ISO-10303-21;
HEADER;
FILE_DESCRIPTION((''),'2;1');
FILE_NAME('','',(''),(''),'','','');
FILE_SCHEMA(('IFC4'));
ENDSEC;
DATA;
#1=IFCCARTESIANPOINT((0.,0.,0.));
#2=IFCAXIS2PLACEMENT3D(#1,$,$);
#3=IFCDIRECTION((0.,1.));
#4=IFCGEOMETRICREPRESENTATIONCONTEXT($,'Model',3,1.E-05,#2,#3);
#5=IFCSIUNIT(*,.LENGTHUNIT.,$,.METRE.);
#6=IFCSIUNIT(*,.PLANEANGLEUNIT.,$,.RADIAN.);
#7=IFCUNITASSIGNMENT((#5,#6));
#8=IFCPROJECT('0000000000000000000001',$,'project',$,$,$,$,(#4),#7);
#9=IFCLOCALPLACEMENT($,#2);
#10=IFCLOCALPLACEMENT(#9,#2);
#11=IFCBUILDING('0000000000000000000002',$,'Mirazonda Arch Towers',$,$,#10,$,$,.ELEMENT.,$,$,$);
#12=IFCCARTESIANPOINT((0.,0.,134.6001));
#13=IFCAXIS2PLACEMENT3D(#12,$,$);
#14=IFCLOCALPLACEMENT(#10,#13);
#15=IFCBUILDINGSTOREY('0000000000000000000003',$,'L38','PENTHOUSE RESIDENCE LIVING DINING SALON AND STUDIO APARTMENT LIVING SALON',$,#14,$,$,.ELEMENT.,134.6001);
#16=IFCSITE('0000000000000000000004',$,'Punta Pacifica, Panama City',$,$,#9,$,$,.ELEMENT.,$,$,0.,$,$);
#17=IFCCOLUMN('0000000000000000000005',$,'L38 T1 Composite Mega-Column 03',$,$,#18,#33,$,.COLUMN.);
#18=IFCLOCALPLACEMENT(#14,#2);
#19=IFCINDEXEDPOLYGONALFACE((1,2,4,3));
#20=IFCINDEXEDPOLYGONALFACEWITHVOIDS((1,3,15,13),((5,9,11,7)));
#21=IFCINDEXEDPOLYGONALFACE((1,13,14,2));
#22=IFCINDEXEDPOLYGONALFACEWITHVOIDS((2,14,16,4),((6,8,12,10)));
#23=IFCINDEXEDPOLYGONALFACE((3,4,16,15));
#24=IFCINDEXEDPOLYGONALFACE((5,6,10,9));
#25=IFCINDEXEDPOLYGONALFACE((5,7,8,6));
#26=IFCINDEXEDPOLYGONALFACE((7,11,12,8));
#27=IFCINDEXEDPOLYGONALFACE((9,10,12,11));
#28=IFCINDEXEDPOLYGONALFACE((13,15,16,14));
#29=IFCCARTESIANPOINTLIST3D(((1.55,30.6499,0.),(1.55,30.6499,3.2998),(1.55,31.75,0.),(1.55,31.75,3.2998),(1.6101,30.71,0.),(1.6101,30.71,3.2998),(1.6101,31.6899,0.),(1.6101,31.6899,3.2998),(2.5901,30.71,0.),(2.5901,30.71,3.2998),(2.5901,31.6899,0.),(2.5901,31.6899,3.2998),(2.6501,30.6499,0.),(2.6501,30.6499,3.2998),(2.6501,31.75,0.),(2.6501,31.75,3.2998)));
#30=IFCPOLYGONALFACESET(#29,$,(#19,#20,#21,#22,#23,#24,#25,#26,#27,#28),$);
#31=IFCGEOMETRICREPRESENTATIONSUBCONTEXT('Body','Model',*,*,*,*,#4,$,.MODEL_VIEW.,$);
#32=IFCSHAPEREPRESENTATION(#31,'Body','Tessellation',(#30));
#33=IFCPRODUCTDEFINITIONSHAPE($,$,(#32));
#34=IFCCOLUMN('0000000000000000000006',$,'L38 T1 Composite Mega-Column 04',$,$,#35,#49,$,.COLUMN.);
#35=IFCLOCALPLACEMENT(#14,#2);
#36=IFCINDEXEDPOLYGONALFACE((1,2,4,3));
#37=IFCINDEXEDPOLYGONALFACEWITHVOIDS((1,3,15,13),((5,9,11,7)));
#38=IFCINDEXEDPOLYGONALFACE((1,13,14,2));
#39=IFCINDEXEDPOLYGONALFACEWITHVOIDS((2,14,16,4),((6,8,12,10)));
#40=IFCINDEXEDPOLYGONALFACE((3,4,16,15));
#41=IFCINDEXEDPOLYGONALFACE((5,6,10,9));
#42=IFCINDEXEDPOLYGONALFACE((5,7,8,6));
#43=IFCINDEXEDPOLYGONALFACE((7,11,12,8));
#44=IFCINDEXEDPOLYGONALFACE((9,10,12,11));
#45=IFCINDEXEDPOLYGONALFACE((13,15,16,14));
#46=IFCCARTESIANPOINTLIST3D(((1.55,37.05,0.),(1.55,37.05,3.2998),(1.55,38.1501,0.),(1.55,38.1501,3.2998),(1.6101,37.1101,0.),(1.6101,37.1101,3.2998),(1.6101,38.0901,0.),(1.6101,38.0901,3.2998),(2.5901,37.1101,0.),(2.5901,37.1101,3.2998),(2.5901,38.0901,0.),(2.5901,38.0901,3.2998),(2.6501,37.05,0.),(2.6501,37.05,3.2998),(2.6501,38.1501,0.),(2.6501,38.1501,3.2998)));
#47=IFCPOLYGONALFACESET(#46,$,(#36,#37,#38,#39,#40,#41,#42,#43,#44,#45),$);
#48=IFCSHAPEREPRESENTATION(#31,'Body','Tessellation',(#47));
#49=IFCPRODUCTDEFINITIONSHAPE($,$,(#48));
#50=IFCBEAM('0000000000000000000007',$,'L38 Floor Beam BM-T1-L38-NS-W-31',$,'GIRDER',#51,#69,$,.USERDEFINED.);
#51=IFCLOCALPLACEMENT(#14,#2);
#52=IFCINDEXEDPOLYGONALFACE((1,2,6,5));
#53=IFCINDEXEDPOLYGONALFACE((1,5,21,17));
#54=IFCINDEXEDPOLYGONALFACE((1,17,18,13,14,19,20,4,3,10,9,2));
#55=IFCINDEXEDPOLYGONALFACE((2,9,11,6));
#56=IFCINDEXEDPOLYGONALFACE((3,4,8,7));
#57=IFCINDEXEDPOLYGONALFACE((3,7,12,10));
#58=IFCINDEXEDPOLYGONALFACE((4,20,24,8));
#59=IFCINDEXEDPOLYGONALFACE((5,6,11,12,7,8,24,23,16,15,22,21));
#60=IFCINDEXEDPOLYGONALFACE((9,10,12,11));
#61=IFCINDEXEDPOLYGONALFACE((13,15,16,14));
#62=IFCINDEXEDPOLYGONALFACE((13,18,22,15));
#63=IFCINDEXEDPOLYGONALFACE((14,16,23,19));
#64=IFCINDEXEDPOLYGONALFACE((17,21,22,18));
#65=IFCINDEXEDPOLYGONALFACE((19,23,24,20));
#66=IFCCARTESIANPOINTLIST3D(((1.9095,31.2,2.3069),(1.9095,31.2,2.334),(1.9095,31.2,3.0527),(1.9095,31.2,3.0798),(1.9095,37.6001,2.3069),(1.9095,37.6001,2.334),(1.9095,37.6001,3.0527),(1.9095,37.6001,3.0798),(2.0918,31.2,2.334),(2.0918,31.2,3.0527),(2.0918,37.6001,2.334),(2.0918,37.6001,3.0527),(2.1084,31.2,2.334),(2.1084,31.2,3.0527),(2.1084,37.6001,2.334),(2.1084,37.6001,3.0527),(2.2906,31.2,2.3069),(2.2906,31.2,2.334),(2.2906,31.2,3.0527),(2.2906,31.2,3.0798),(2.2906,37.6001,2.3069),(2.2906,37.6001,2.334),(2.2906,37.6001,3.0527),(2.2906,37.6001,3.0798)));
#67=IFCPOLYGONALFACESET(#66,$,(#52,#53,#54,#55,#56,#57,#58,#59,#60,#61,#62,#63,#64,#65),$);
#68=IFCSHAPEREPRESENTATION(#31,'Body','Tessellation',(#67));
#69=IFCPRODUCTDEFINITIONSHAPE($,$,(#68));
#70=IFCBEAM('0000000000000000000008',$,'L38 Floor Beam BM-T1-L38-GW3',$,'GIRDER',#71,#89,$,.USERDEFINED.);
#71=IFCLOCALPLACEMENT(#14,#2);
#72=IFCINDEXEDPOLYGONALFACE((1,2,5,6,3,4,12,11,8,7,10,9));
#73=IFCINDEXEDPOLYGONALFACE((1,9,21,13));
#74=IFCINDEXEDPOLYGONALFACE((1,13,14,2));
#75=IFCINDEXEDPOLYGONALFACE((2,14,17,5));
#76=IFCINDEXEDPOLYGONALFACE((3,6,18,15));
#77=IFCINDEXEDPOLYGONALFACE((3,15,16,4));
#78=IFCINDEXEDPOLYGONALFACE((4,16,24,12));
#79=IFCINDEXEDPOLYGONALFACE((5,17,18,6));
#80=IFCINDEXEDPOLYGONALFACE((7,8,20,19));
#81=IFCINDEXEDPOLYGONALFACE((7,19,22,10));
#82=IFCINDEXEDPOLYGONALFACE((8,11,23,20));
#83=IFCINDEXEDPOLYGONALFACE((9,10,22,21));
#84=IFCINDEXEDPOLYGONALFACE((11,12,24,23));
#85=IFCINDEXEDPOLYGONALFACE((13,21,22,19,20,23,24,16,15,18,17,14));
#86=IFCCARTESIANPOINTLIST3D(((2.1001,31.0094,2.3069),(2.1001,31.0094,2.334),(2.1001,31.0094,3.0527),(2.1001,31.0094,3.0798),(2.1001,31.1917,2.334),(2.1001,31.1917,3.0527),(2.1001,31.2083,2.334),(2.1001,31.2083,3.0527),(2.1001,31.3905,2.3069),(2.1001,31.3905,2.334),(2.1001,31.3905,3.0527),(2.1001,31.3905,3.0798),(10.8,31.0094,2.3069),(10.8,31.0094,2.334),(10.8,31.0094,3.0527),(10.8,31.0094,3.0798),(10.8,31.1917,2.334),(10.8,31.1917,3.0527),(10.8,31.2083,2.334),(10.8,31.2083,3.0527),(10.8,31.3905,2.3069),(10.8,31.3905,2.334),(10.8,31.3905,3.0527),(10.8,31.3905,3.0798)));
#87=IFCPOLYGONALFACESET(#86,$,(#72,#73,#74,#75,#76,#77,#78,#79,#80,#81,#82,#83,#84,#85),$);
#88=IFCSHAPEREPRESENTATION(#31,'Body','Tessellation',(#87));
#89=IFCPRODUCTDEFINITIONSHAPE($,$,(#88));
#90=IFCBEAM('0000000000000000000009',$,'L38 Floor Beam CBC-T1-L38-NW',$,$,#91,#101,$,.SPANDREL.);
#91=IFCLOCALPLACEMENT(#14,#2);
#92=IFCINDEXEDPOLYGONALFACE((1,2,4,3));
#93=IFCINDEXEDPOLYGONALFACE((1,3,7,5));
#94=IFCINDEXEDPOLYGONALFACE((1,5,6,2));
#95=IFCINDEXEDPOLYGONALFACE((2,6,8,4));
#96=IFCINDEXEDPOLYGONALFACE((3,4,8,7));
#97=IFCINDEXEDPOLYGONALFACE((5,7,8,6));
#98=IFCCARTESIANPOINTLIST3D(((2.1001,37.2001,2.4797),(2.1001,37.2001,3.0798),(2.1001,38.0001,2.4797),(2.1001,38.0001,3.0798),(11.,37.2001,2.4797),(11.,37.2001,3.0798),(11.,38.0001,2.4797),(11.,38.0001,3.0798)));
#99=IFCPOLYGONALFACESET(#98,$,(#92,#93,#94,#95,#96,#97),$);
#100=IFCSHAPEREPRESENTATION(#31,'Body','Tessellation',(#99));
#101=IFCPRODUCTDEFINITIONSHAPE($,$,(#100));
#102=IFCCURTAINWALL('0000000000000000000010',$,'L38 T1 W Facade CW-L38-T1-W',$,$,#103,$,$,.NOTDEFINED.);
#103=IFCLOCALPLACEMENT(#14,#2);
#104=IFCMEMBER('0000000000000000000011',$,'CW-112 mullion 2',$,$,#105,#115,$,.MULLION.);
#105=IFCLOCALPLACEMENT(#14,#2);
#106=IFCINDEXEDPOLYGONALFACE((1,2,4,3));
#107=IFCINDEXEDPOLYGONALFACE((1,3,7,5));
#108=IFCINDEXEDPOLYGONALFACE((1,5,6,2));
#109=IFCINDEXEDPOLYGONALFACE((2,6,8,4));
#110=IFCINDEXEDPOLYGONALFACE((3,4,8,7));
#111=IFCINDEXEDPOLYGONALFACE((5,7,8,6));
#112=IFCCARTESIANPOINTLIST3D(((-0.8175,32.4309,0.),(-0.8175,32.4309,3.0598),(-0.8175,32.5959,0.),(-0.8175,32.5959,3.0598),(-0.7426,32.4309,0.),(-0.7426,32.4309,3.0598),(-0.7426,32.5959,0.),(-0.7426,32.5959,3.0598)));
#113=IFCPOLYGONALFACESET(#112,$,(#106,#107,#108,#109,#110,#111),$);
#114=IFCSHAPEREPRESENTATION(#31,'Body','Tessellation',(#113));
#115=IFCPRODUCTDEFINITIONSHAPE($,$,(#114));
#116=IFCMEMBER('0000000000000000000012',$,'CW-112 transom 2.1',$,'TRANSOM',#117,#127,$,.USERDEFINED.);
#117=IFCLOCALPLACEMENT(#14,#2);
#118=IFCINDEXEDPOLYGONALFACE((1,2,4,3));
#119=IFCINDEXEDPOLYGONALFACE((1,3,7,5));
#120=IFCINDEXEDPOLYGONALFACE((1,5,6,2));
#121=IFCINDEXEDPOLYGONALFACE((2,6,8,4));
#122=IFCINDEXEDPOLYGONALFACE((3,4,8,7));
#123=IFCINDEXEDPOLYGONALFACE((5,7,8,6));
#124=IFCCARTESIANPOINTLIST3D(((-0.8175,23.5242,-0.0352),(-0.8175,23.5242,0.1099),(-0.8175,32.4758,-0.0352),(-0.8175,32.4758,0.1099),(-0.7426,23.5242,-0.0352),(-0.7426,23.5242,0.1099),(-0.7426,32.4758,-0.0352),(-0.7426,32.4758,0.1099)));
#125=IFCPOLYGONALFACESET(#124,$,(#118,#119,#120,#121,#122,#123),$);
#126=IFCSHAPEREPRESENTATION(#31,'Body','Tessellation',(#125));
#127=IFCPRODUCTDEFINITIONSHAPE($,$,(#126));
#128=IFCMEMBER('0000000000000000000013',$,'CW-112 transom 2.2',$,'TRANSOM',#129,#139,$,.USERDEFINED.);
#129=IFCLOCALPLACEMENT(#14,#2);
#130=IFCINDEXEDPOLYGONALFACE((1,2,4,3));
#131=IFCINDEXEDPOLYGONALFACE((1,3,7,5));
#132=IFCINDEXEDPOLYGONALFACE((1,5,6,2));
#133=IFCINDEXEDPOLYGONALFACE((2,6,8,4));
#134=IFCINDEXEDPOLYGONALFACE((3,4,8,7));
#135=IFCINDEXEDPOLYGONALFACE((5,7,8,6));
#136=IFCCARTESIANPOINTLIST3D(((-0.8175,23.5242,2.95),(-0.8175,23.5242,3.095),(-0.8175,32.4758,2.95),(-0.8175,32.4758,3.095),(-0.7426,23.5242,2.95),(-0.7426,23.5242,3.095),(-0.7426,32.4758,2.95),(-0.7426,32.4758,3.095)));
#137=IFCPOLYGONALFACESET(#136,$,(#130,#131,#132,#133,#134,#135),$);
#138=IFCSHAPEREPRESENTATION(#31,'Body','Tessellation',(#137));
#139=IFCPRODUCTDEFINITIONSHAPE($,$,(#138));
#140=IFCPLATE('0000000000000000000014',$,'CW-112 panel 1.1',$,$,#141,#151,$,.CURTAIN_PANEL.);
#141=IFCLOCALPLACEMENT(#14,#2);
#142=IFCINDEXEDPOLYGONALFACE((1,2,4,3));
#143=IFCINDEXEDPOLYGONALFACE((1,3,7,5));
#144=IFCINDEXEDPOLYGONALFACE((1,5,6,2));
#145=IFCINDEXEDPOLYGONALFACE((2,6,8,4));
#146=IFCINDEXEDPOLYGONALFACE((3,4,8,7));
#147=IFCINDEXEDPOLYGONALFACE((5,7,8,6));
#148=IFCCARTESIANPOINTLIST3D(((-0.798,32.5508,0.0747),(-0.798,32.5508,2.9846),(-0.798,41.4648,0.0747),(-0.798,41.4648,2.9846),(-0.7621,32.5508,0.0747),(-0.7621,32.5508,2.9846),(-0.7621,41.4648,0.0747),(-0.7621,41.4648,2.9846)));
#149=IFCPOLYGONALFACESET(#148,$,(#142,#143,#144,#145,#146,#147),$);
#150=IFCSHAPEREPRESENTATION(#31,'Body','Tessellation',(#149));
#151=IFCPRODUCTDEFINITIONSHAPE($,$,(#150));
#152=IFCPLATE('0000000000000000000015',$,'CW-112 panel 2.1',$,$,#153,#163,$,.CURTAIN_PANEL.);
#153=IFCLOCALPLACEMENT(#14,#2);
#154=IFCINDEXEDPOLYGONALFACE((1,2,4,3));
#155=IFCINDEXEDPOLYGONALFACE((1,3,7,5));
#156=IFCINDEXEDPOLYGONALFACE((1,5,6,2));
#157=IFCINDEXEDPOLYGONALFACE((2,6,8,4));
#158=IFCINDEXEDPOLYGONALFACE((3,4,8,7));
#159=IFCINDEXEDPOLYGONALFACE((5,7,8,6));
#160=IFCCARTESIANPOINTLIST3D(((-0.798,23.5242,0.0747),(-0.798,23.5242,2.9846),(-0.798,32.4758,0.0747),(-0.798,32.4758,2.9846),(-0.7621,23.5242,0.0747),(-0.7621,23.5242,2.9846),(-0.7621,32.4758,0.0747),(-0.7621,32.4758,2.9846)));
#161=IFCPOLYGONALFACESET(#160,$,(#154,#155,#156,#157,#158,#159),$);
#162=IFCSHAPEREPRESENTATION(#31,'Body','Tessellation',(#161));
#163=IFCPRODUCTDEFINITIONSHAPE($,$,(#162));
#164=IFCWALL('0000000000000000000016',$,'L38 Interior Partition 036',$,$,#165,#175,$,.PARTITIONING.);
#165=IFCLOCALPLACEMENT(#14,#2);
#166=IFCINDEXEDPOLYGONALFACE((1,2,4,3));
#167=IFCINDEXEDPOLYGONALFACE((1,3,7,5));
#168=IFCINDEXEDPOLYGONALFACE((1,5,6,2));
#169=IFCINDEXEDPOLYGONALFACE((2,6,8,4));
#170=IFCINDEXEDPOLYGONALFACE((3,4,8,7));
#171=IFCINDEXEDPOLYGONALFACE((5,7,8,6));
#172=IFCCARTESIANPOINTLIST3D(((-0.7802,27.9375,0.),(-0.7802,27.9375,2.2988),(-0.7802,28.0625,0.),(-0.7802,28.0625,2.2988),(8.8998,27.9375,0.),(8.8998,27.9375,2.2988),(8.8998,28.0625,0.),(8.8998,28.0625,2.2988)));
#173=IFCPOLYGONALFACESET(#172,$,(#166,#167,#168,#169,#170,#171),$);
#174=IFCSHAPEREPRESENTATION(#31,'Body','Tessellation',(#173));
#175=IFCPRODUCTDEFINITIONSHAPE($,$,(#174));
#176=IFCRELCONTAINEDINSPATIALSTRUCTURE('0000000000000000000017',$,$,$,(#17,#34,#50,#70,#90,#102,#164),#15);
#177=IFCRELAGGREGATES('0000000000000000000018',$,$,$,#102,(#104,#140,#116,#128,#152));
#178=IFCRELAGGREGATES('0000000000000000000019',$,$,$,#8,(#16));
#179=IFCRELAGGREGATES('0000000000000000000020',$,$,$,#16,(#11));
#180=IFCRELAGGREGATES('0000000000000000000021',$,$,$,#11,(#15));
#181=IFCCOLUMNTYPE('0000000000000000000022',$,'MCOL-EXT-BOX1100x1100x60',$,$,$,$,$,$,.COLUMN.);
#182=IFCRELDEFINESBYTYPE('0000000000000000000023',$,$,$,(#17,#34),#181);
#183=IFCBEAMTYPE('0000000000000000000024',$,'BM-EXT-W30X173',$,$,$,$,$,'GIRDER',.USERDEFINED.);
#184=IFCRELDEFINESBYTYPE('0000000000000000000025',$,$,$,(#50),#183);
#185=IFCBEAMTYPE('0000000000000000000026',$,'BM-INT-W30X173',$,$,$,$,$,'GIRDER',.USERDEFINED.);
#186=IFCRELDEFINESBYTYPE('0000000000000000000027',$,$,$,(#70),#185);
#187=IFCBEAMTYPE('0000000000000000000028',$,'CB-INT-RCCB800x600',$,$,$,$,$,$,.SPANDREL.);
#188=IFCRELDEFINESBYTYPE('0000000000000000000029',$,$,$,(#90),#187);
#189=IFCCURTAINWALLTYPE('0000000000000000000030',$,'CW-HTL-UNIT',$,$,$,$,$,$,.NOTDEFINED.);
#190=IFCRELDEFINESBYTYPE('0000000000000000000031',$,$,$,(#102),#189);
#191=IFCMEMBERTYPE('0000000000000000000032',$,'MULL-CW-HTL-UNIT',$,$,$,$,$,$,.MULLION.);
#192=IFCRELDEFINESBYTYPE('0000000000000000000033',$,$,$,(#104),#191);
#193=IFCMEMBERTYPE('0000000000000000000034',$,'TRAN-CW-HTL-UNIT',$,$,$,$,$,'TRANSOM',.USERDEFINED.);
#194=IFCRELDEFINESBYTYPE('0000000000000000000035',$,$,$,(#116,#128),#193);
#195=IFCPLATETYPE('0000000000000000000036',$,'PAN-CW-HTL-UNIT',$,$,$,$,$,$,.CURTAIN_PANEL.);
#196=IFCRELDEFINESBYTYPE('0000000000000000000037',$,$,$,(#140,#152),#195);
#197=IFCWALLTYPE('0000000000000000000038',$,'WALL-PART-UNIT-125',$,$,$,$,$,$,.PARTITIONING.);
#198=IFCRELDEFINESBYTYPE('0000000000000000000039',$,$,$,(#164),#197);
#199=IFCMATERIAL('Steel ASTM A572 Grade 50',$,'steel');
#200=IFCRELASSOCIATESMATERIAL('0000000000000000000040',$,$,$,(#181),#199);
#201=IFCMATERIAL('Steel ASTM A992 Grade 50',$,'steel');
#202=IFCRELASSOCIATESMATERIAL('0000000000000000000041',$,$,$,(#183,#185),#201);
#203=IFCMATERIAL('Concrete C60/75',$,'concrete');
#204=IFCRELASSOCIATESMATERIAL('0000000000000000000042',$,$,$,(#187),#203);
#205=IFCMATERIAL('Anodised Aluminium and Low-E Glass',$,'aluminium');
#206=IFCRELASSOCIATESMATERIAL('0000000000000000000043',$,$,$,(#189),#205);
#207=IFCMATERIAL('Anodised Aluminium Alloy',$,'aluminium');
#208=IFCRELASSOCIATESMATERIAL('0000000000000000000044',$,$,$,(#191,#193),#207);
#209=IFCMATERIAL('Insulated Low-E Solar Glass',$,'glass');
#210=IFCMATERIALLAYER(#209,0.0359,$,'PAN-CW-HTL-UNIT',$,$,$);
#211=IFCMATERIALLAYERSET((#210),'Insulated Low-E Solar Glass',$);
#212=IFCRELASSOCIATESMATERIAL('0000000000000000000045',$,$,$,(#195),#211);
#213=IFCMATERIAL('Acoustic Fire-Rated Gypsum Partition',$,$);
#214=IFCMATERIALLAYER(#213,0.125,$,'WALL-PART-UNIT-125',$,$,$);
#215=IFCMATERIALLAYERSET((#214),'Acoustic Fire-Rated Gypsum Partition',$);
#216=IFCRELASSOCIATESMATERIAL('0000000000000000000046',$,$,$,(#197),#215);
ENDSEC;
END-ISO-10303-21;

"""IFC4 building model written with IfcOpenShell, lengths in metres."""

from ifc_helpers import new_model, si_unit, direction, frame, frame_2d, origin, origin_2d, place, context, subcontext, project, spatial, rectangle, hollow_rectangle, i_section, extrude, material, layer, layer_set, material_profile, profile_set, type_object, element, aggregate, save


model = new_model("IFC4")

# Units and contexts
model_context = context("Model", 3, precision=1e-05, world=origin(), true_north=direction((0.0, 1.0)))
body_context = subcontext(model_context, "Body", "Model", "MODEL_VIEW")
ifc_project = project(units=[si_unit("LENGTHUNIT", "METRE"), si_unit("PLANEANGLEUNIT", "RADIAN")], contexts=[model_context])

# Site, building, storey
site_placement = place(None, origin())
site = spatial("IfcSite", under=ifc_project, at=site_placement, Name="Punta Pacifica, Panama City", CompositionType="ELEMENT", RefElevation=0.0)
building_placement = place(site_placement, origin())
building = spatial("IfcBuilding", under=site, at=building_placement, Name="Mirazonda Arch Towers", CompositionType="ELEMENT")
storey_placement = place(building_placement, frame((0.0, 0.0, 134.6001)))
storey = spatial("IfcBuildingStorey", under=building, at=storey_placement, Name="L38", Description="PENTHOUSE RESIDENCE LIVING DINING SALON AND STUDIO APARTMENT LIVING SALON", CompositionType="ELEMENT", Elevation=134.6001)

# Columns
ifc_material_1 = material(Name="Steel ASTM A572 Grade 50", Category="steel")
ifc_material_profile_1 = material_profile(ifc_material_1, hollow_rectangle(XDim=1.1001, YDim=1.1001, WallThickness=0.0601, at=origin_2d()), Name="BOX1100x1100x60")
ifc_profile_set_1 = profile_set([ifc_material_profile_1], Name="Steel ASTM A572 Grade 50")
column_type = type_object("IfcColumnType", Name="MCOL-EXT-BOX1100x1100x60", PredefinedType="COLUMN", material=ifc_profile_set_1)
for number, where, z_axis, x_axis, name in (
    (1, (2.1001, 31.2, 0.0), (0.0, 0.0, 1.0), (1.0, 0.0, 0.0), "L38 T1 Composite Mega-Column 03"),
    (2, (2.1001, 37.6001, 0.0), (0.0, 0.0, 1.0), (1.0, 0.0, 0.0), "L38 T1 Composite Mega-Column 04"),
):
    element("IfcColumn", number, at=place(storey_placement, frame(where, z_axis=z_axis, x_axis=x_axis)), inside=storey, type_object=column_type, Name=name, PredefinedType="COLUMN", context=body_context, shape_type="SweptSolid", body=[
        extrude(hollow_rectangle(XDim=1.1001, YDim=1.1001, WallThickness=0.0601, at=origin_2d()), origin(), (0.0, 0.0, 1.0), 3.2998),
    ])

# Beams
ifc_material_2 = material(Name="Steel ASTM A992 Grade 50", Category="steel")
ifc_material_profile_2 = material_profile(ifc_material_2, i_section(OverallWidth=0.3811, OverallDepth=0.7729, WebThickness=0.0166, FlangeThickness=0.0271, at=origin_2d()), Name="W30X173")
ifc_profile_set_2 = profile_set([ifc_material_profile_2], Name="Steel ASTM A992 Grade 50")
beam_type_1 = type_object("IfcBeamType", Name="BM-EXT-W30X173", ElementType="GIRDER", PredefinedType="USERDEFINED", material=ifc_profile_set_2)
beam_1_placement = place(storey_placement, frame((2.1001, 31.2, 2.6934), z_axis=(0.0, 1.0, 0.0), x_axis=(-1.0, 0.0, 0.0)))
element("IfcBeam", 3, at=beam_1_placement, inside=storey, type_object=beam_type_1, Name="L38 Floor Beam BM-T1-L38-NS-W-31", ObjectType="GIRDER", PredefinedType="USERDEFINED", context=body_context, shape_type="SweptSolid", body=[
    extrude(i_section(OverallWidth=0.3811, OverallDepth=0.7729, WebThickness=0.0166, FlangeThickness=0.0271, at=origin_2d()), origin(), (0.0, 0.0, 1.0), 6.4001),
])
ifc_material_profile_3 = material_profile(ifc_material_2, i_section(OverallWidth=0.3811, OverallDepth=0.7729, WebThickness=0.0166, FlangeThickness=0.0271, at=origin_2d()), Name="W30X173")
ifc_profile_set_3 = profile_set([ifc_material_profile_3], Name="Steel ASTM A992 Grade 50")
beam_type_2 = type_object("IfcBeamType", Name="BM-INT-W30X173", ElementType="GIRDER", PredefinedType="USERDEFINED", material=ifc_profile_set_3)
beam_2_placement = place(storey_placement, frame((2.1001, 31.2, 2.6934), z_axis=(1.0, 0.0, 0.0), x_axis=(0.0, 1.0, 0.0)))
element("IfcBeam", 4, at=beam_2_placement, inside=storey, type_object=beam_type_2, Name="L38 Floor Beam BM-T1-L38-GW3", ObjectType="GIRDER", PredefinedType="USERDEFINED", context=body_context, shape_type="SweptSolid", body=[
    extrude(i_section(OverallWidth=0.3811, OverallDepth=0.7729, WebThickness=0.0166, FlangeThickness=0.0271, at=origin_2d()), origin(), (0.0, 0.0, 1.0), 8.7),
])
ifc_material_3 = material(Name="Concrete C60/75", Category="concrete")
ifc_material_profile_4 = material_profile(ifc_material_3, rectangle(XDim=0.8, YDim=0.6001, at=origin_2d()), Name="RCCB800x600")
ifc_profile_set_4 = profile_set([ifc_material_profile_4], Name="Concrete C60/75")
beam_type_3 = type_object("IfcBeamType", Name="CB-INT-RCCB800x600", PredefinedType="SPANDREL", material=ifc_profile_set_4)
beam_3_placement = place(storey_placement, frame((2.1001, 37.6001, 2.7798), z_axis=(1.0, 0.0, 0.0), x_axis=(0.0, 1.0, 0.0)))
element("IfcBeam", 5, at=beam_3_placement, inside=storey, type_object=beam_type_3, Name="L38 Floor Beam CBC-T1-L38-NW", PredefinedType="SPANDREL", context=body_context, shape_type="SweptSolid", body=[
    extrude(rectangle(XDim=0.8, YDim=0.6001, at=origin_2d()), origin(), (0.0, 0.0, 1.0), 8.8999),
])

# Curtain wall, members, plates
ifc_material_4 = material(Name="Anodised Aluminium and Low-E Glass", Category="aluminium")
curtain_wall_type = type_object("IfcCurtainWallType", Name="CW-HTL-UNIT", PredefinedType="NOTDEFINED", material=ifc_material_4)
curtain_wall_placement = place(storey_placement, origin())
curtain_wall = element("IfcCurtainWall", 6, at=curtain_wall_placement, inside=storey, type_object=curtain_wall_type, Name="L38 T1 W Facade CW-L38-T1-W", PredefinedType="NOTDEFINED")
ifc_material_5 = material(Name="Anodised Aluminium Alloy", Category="aluminium")
ifc_material_profile_5 = material_profile(ifc_material_5, rectangle(XDim=0.075, YDim=0.165, at=origin_2d()), Name="ALU-MULL-75x165")
ifc_profile_set_5 = profile_set([ifc_material_profile_5], Name="Anodised Aluminium Alloy")
member_type_1 = type_object("IfcMemberType", Name="MULL-CW-HTL-UNIT", PredefinedType="MULLION", material=ifc_profile_set_5)
member_1_placement = place(storey_placement, frame((-0.78, 32.5134, 0.0), z_axis=(0.0, 0.0, 1.0), x_axis=(1.0, 0.0, 0.0)))
member_1 = element("IfcMember", 7, at=member_1_placement, type_object=member_type_1, Name="CW-112 mullion 2", PredefinedType="MULLION", context=body_context, shape_type="SweptSolid", body=[
    extrude(rectangle(XDim=0.075, YDim=0.165, at=origin_2d()), origin(), (0.0, 0.0, 1.0), 3.0598),
])
ifc_material_profile_6 = material_profile(ifc_material_5, rectangle(XDim=0.075, YDim=0.145, at=origin_2d()), Name="ALU-TRAN-75x145")
ifc_profile_set_6 = profile_set([ifc_material_profile_6], Name="Anodised Aluminium Alloy")
member_type_2 = type_object("IfcMemberType", Name="TRAN-CW-HTL-UNIT", ElementType="TRANSOM", PredefinedType="USERDEFINED", material=ifc_profile_set_6)
member_2_placement = place(storey_placement, frame((-0.78, 32.4758, 0.0374), z_axis=(0.0, -1.0, 0.0), x_axis=(1.0, 0.0, 0.0)))
member_2 = element("IfcMember", 8, at=member_2_placement, type_object=member_type_2, Name="CW-112 transom 2.1", ObjectType="TRANSOM", PredefinedType="USERDEFINED", context=body_context, shape_type="SweptSolid", body=[
    extrude(rectangle(XDim=0.075, YDim=0.145, at=origin_2d()), origin(), (0.0, 0.0, 1.0), 8.9517),
])
member_3_placement = place(storey_placement, frame((-0.78, 32.4758, 3.0225), z_axis=(0.0, -1.0, 0.0), x_axis=(1.0, 0.0, 0.0)))
member_3 = element("IfcMember", 9, at=member_3_placement, type_object=member_type_2, Name="CW-112 transom 2.2", ObjectType="TRANSOM", PredefinedType="USERDEFINED", context=body_context, shape_type="SweptSolid", body=[
    extrude(rectangle(XDim=0.075, YDim=0.145, at=origin_2d()), origin(), (0.0, 0.0, 1.0), 8.9517),
])
ifc_material_6 = material(Name="Insulated Low-E Solar Glass", Category="glass")
ifc_layer_1 = layer(ifc_material_6, 0.0359, Name="PAN-CW-HTL-UNIT")
ifc_layer_set_1 = layer_set([ifc_layer_1], Name="Insulated Low-E Solar Glass")
plate_type = type_object("IfcPlateType", Name="PAN-CW-HTL-UNIT", PredefinedType="CURTAIN_PANEL", material=ifc_layer_set_1)
plate_1_placement = place(storey_placement, frame((-0.78, 37.0078, 0.0747), z_axis=(0.0, 0.0, 1.0), x_axis=(0.0, -1.0, 0.0)))
plate_1 = element("IfcPlate", 10, at=plate_1_placement, type_object=plate_type, Name="CW-112 panel 1.1", PredefinedType="CURTAIN_PANEL", context=body_context, shape_type="SweptSolid", body=[
    extrude(rectangle(XDim=8.9141, YDim=0.0359, at=origin_2d()), origin(), (0.0, 0.0, 1.0), 2.9099),
])
plate_2_placement = place(storey_placement, frame((-0.78, 28.0, 0.0747), z_axis=(0.0, 0.0, 1.0), x_axis=(0.0, -1.0, 0.0)))
plate_2 = element("IfcPlate", 11, at=plate_2_placement, type_object=plate_type, Name="CW-112 panel 2.1", PredefinedType="CURTAIN_PANEL", context=body_context, shape_type="SweptSolid", body=[
    extrude(rectangle(XDim=8.9517, YDim=0.0359, at=origin_2d()), origin(), (0.0, 0.0, 1.0), 2.9099),
])
aggregate(curtain_wall, [member_1, plate_1, member_2, member_3, plate_2])

# Wall
ifc_material_7 = material(Name="Acoustic Fire-Rated Gypsum Partition")
ifc_layer_2 = layer(ifc_material_7, 0.125, Name="WALL-PART-UNIT-125")
ifc_layer_set_2 = layer_set([ifc_layer_2], Name="Acoustic Fire-Rated Gypsum Partition")
wall_type_1 = type_object("IfcWallType", Name="WALL-PART-UNIT-125", PredefinedType="PARTITIONING", material=ifc_layer_set_2)
wall_1_placement = place(storey_placement, frame((-0.78, 28.0, 0.0), z_axis=(0.0, 0.0, 1.0), x_axis=(1.0, 0.0, 0.0)))
element("IfcWall", 12, at=wall_1_placement, inside=storey, type_object=wall_type_1, Name="L38 Interior Partition 036", PredefinedType="PARTITIONING", context=body_context, shape_type="SweptSolid", body=[
    extrude(rectangle(XDim=9.6799, YDim=0.125, at=frame_2d((4.8398, 0.0))), origin(), (0.0, 0.0, 1.0), 2.2988),
])

save(model, "model.ifc")
